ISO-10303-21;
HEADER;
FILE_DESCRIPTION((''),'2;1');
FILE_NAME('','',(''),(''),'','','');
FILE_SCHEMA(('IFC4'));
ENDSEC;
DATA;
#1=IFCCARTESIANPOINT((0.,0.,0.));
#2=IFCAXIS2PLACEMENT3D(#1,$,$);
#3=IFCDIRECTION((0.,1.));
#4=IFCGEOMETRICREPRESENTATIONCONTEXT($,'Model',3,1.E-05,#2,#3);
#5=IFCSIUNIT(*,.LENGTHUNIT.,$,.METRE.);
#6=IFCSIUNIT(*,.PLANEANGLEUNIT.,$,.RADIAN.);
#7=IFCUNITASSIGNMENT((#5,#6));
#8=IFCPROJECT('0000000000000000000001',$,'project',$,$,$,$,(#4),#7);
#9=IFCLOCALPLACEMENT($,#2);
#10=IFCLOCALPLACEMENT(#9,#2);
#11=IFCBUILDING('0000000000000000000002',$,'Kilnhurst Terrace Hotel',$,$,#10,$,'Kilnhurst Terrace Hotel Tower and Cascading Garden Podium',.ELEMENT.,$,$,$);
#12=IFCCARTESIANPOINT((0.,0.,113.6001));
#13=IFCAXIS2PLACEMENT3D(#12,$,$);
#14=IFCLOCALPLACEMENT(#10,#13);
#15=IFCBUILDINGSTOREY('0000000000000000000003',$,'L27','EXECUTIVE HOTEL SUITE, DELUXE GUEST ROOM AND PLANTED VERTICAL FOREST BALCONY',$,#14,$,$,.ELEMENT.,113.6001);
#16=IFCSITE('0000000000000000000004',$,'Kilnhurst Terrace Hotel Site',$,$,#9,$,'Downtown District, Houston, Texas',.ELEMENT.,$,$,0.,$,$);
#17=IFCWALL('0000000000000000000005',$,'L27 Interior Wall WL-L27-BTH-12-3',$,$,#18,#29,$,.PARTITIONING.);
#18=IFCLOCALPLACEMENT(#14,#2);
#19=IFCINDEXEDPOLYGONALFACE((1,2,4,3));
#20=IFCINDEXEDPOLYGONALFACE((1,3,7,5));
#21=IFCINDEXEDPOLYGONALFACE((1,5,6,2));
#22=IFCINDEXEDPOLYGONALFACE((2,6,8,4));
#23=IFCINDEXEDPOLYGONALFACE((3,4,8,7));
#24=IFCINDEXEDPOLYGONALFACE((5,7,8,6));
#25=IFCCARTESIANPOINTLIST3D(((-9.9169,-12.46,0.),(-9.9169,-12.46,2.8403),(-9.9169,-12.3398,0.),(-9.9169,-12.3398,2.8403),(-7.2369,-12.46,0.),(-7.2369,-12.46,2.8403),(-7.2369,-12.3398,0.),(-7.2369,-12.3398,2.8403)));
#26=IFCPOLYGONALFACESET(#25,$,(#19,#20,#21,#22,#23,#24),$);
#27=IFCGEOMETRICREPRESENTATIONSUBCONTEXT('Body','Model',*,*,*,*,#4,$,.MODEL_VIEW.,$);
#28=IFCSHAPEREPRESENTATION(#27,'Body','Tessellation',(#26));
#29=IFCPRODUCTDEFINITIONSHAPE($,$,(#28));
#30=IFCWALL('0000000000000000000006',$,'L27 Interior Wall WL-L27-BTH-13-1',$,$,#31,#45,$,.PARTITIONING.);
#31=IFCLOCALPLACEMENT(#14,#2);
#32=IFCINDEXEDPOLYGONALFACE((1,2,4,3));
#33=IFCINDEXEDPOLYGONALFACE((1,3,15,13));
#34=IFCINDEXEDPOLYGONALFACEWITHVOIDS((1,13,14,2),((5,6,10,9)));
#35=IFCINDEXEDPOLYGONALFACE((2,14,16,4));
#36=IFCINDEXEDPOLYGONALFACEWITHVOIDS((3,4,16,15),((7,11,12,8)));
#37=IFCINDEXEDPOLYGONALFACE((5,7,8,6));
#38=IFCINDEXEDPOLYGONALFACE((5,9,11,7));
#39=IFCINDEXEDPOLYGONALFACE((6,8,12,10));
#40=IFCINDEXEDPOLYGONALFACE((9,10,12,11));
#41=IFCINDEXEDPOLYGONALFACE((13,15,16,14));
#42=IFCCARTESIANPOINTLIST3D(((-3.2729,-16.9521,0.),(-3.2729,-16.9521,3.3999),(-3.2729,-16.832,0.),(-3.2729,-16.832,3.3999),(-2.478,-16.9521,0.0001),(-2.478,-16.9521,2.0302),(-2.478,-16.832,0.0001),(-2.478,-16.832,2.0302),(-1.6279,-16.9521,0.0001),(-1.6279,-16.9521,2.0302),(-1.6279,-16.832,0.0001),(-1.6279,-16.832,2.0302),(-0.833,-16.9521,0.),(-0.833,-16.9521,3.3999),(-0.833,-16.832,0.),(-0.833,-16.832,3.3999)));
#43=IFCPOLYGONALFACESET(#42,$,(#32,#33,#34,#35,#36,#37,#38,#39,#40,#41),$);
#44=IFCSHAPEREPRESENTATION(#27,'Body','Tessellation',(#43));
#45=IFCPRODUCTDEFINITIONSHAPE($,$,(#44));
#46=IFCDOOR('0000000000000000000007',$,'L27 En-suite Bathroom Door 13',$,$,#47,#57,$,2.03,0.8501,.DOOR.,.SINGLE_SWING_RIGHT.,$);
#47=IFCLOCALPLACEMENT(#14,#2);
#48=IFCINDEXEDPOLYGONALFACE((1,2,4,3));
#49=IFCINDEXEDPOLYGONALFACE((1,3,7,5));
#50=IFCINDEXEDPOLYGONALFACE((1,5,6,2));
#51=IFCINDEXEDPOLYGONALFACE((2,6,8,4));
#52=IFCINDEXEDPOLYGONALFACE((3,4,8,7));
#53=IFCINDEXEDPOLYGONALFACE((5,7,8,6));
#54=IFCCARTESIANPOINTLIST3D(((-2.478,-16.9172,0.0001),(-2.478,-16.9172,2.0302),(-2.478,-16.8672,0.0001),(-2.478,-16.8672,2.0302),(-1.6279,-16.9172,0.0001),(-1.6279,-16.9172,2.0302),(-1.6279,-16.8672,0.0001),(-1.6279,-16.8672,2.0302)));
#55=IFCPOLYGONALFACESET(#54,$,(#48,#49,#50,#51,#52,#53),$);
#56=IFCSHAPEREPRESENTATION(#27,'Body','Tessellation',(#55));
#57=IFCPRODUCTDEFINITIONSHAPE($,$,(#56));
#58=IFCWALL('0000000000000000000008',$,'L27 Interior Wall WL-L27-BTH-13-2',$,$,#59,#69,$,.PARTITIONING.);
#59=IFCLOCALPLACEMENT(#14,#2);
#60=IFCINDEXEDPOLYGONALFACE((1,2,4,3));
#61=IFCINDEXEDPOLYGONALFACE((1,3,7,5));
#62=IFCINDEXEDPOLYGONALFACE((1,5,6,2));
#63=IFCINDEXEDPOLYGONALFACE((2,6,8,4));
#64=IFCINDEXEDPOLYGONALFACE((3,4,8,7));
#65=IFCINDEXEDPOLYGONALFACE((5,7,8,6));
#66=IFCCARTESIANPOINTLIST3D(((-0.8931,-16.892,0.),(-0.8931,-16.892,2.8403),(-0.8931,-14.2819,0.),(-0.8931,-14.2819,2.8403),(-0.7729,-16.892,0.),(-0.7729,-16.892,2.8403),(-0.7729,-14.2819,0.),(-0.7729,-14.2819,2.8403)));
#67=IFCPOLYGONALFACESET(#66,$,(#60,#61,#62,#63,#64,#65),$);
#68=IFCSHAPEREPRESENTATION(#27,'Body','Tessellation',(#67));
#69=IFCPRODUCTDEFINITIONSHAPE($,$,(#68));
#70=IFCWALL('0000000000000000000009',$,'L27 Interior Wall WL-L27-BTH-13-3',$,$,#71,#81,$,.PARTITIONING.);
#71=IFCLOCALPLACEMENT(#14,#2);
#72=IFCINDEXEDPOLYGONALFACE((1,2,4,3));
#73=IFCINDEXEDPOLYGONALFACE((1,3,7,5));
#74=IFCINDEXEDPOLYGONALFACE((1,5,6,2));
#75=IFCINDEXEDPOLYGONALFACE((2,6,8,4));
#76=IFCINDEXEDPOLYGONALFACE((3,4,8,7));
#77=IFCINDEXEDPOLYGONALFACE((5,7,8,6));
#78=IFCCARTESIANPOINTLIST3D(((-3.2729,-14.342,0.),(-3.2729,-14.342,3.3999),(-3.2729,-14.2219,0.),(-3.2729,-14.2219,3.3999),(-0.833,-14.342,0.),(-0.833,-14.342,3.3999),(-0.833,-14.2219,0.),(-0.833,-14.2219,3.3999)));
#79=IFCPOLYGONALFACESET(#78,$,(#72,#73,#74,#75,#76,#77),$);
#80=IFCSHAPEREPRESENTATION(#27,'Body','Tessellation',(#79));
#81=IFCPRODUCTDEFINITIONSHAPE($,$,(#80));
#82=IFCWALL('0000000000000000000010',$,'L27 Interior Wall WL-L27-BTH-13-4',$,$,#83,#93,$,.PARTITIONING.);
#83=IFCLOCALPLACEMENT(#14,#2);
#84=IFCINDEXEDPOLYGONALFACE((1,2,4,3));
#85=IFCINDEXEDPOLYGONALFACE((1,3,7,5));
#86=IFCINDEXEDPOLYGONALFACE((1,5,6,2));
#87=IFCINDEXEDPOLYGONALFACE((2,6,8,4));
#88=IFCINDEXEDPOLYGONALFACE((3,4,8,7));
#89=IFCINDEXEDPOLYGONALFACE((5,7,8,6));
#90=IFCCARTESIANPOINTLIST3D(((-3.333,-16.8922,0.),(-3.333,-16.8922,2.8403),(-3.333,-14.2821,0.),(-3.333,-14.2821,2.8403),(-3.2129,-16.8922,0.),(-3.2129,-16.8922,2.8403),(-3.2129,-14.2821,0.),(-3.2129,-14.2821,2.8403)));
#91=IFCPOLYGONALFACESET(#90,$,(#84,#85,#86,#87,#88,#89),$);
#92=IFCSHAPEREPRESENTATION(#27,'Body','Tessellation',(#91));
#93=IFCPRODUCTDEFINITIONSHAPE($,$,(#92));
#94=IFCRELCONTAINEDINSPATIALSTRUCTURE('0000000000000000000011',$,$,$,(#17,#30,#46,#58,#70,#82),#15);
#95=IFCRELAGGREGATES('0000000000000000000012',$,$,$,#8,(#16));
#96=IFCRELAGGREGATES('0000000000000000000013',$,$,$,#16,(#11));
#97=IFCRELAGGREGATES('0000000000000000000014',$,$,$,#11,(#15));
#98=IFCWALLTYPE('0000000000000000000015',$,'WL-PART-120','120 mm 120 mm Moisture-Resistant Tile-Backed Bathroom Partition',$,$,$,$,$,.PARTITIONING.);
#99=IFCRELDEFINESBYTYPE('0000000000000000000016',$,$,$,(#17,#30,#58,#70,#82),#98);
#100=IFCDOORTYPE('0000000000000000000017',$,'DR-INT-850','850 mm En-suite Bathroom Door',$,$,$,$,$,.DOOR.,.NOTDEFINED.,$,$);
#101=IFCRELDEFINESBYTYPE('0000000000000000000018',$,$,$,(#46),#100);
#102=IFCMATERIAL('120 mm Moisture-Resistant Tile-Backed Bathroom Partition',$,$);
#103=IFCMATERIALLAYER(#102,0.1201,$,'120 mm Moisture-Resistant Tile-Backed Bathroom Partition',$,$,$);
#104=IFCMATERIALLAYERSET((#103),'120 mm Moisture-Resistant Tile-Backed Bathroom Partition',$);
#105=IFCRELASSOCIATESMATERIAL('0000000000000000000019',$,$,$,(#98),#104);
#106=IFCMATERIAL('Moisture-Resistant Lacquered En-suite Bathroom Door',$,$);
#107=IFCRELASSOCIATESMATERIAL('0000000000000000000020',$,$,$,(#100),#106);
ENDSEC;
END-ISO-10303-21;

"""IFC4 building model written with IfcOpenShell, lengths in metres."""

from ifc_helpers import new_model, si_unit, direction, frame, frame_2d, origin, place, context, subcontext, project, spatial, rectangle, extrude, material, layer, layer_set, type_object, element, fill, save


model = new_model("IFC4")

# Units and contexts
model_context = context("Model", 3, precision=1e-05, world=origin(), true_north=direction((0.0, 1.0)))
body_context = subcontext(model_context, "Body", "Model", "MODEL_VIEW")
ifc_project = project(units=[si_unit("LENGTHUNIT", "METRE"), si_unit("PLANEANGLEUNIT", "RADIAN")], contexts=[model_context])

# Site, building, storey
site_placement = place(None, origin())
site = spatial("IfcSite", under=ifc_project, at=site_placement, Name="Kilnhurst Terrace Hotel Site", LongName="Downtown District, Houston, Texas", CompositionType="ELEMENT", RefElevation=0.0)
building_placement = place(site_placement, origin())
building = spatial("IfcBuilding", under=site, at=building_placement, Name="Kilnhurst Terrace Hotel", LongName="Kilnhurst Terrace Hotel Tower and Cascading Garden Podium", CompositionType="ELEMENT")
storey_placement = place(building_placement, frame((0.0, 0.0, 113.6001)))
storey = spatial("IfcBuildingStorey", under=building, at=storey_placement, Name="L27", Description="EXECUTIVE HOTEL SUITE, DELUXE GUEST ROOM AND PLANTED VERTICAL FOREST BALCONY", CompositionType="ELEMENT", Elevation=113.6001)

# Wall
ifc_material_1 = material(Name="120 mm Moisture-Resistant Tile-Backed Bathroom Partition")
ifc_layer_1 = layer(ifc_material_1, 0.1201, Name="120 mm Moisture-Resistant Tile-Backed Bathroom Partition")
ifc_layer_set_1 = layer_set([ifc_layer_1], Name="120 mm Moisture-Resistant Tile-Backed Bathroom Partition")
wall_type_1 = type_object("IfcWallType", Name="WL-PART-120", Description="120 mm 120 mm Moisture-Resistant Tile-Backed Bathroom Partition", PredefinedType="PARTITIONING", material=ifc_layer_set_1)
wall_1_placement = place(storey_placement, frame((-7.2371, -12.3999, 0.0), z_axis=(0.0, 0.0, 1.0), x_axis=(-1.0, 0.0, 0.0)))
element("IfcWall", 1, at=wall_1_placement, inside=storey, type_object=wall_type_1, Name="L27 Interior Wall WL-L27-BTH-12-3", PredefinedType="PARTITIONING", context=body_context, shape_type="SweptSolid", body=[
    extrude(rectangle(XDim=2.6799, YDim=0.1201, at=frame_2d((1.3398, 0.0))), origin(), (0.0, 0.0, 1.0), 2.8403),
])

# Wall, opening, door
wall_2_placement = place(storey_placement, frame((-3.2729, -16.8921, 0.0), z_axis=(0.0, 0.0, 1.0), x_axis=(1.0, 0.0, 0.0)))
wall_2 = element("IfcWall", 2, at=wall_2_placement, inside=storey, type_object=wall_type_1, Name="L27 Interior Wall WL-L27-BTH-13-1", PredefinedType="PARTITIONING", context=body_context, shape_type="SweptSolid", body=[
    extrude(rectangle(XDim=2.4399, YDim=0.1201, at=frame_2d((1.22, 0.0))), origin(), (0.0, 0.0, 1.0), 3.3999),
])
opening_placement = place(wall_2_placement, frame((0.7949, 0.0, 0.0)))
opening = element("IfcOpeningElement", 3, at=opening_placement, cuts=wall_2, PredefinedType="OPENING", context=body_context, shape_type="SweptSolid", body=[
    extrude(rectangle(XDim=0.8501, YDim=2.03, at=frame_2d((0.425, 1.0151))), frame((0.0, 0.0701, 0.0), z_axis=(0.0, -1.0, 0.0), x_axis=(1.0, 0.0, 0.0)), (0.0, 0.0, 1.0), 0.1401),
])
ifc_material_2 = material(Name="Moisture-Resistant Lacquered En-suite Bathroom Door")
door_type = type_object("IfcDoorType", Name="DR-INT-850", Description="850 mm En-suite Bathroom Door", OperationType="NOTDEFINED", PredefinedType="DOOR", material=ifc_material_2)
door_placement = place(opening_placement, origin())
door = element("IfcDoor", 4, at=door_placement, inside=storey, type_object=door_type, Name="L27 En-suite Bathroom Door 13", OperationType="SINGLE_SWING_RIGHT", OverallHeight=2.03, OverallWidth=0.8501, PredefinedType="DOOR", context=body_context, shape_type="SweptSolid", body=[
    extrude(rectangle(XDim=0.8501, YDim=2.03, at=frame_2d((0.425, 1.0151))), frame((0.0, 0.0249, 0.0), z_axis=(0.0, -1.0, 0.0), x_axis=(1.0, 0.0, 0.0)), (0.0, 0.0, 1.0), 0.05),
])
fill(opening, door)

# Walls
wall_3_placement = place(storey_placement, frame((-0.833, -16.8921, 0.0), z_axis=(0.0, 0.0, 1.0), x_axis=(0.0, 1.0, 0.0)))
element("IfcWall", 5, at=wall_3_placement, inside=storey, type_object=wall_type_1, Name="L27 Interior Wall WL-L27-BTH-13-2", PredefinedType="PARTITIONING", context=body_context, shape_type="SweptSolid", body=[
    extrude(rectangle(XDim=2.6101, YDim=0.1201, at=frame_2d((1.3052, 0.0))), origin(), (0.0, 0.0, 1.0), 2.8403),
])
wall_4_placement = place(storey_placement, frame((-0.833, -14.282, 0.0), z_axis=(0.0, 0.0, 1.0), x_axis=(-1.0, 0.0, 0.0)))
element("IfcWall", 6, at=wall_4_placement, inside=storey, type_object=wall_type_1, Name="L27 Interior Wall WL-L27-BTH-13-3", PredefinedType="PARTITIONING", context=body_context, shape_type="SweptSolid", body=[
    extrude(rectangle(XDim=2.4399, YDim=0.1201, at=frame_2d((1.22, 0.0))), origin(), (0.0, 0.0, 1.0), 3.3999),
])
wall_5_placement = place(storey_placement, frame((-3.2729, -14.282, 0.0), z_axis=(0.0, 0.0, 1.0), x_axis=(0.0, -1.0, 0.0)))
element("IfcWall", 7, at=wall_5_placement, inside=storey, type_object=wall_type_1, Name="L27 Interior Wall WL-L27-BTH-13-4", PredefinedType="PARTITIONING", context=body_context, shape_type="SweptSolid", body=[
    extrude(rectangle(XDim=2.6101, YDim=0.1201, at=frame_2d((1.3052, 0.0))), origin(), (0.0, 0.0, 1.0), 2.8403),
])

save(model, "model.ifc")
